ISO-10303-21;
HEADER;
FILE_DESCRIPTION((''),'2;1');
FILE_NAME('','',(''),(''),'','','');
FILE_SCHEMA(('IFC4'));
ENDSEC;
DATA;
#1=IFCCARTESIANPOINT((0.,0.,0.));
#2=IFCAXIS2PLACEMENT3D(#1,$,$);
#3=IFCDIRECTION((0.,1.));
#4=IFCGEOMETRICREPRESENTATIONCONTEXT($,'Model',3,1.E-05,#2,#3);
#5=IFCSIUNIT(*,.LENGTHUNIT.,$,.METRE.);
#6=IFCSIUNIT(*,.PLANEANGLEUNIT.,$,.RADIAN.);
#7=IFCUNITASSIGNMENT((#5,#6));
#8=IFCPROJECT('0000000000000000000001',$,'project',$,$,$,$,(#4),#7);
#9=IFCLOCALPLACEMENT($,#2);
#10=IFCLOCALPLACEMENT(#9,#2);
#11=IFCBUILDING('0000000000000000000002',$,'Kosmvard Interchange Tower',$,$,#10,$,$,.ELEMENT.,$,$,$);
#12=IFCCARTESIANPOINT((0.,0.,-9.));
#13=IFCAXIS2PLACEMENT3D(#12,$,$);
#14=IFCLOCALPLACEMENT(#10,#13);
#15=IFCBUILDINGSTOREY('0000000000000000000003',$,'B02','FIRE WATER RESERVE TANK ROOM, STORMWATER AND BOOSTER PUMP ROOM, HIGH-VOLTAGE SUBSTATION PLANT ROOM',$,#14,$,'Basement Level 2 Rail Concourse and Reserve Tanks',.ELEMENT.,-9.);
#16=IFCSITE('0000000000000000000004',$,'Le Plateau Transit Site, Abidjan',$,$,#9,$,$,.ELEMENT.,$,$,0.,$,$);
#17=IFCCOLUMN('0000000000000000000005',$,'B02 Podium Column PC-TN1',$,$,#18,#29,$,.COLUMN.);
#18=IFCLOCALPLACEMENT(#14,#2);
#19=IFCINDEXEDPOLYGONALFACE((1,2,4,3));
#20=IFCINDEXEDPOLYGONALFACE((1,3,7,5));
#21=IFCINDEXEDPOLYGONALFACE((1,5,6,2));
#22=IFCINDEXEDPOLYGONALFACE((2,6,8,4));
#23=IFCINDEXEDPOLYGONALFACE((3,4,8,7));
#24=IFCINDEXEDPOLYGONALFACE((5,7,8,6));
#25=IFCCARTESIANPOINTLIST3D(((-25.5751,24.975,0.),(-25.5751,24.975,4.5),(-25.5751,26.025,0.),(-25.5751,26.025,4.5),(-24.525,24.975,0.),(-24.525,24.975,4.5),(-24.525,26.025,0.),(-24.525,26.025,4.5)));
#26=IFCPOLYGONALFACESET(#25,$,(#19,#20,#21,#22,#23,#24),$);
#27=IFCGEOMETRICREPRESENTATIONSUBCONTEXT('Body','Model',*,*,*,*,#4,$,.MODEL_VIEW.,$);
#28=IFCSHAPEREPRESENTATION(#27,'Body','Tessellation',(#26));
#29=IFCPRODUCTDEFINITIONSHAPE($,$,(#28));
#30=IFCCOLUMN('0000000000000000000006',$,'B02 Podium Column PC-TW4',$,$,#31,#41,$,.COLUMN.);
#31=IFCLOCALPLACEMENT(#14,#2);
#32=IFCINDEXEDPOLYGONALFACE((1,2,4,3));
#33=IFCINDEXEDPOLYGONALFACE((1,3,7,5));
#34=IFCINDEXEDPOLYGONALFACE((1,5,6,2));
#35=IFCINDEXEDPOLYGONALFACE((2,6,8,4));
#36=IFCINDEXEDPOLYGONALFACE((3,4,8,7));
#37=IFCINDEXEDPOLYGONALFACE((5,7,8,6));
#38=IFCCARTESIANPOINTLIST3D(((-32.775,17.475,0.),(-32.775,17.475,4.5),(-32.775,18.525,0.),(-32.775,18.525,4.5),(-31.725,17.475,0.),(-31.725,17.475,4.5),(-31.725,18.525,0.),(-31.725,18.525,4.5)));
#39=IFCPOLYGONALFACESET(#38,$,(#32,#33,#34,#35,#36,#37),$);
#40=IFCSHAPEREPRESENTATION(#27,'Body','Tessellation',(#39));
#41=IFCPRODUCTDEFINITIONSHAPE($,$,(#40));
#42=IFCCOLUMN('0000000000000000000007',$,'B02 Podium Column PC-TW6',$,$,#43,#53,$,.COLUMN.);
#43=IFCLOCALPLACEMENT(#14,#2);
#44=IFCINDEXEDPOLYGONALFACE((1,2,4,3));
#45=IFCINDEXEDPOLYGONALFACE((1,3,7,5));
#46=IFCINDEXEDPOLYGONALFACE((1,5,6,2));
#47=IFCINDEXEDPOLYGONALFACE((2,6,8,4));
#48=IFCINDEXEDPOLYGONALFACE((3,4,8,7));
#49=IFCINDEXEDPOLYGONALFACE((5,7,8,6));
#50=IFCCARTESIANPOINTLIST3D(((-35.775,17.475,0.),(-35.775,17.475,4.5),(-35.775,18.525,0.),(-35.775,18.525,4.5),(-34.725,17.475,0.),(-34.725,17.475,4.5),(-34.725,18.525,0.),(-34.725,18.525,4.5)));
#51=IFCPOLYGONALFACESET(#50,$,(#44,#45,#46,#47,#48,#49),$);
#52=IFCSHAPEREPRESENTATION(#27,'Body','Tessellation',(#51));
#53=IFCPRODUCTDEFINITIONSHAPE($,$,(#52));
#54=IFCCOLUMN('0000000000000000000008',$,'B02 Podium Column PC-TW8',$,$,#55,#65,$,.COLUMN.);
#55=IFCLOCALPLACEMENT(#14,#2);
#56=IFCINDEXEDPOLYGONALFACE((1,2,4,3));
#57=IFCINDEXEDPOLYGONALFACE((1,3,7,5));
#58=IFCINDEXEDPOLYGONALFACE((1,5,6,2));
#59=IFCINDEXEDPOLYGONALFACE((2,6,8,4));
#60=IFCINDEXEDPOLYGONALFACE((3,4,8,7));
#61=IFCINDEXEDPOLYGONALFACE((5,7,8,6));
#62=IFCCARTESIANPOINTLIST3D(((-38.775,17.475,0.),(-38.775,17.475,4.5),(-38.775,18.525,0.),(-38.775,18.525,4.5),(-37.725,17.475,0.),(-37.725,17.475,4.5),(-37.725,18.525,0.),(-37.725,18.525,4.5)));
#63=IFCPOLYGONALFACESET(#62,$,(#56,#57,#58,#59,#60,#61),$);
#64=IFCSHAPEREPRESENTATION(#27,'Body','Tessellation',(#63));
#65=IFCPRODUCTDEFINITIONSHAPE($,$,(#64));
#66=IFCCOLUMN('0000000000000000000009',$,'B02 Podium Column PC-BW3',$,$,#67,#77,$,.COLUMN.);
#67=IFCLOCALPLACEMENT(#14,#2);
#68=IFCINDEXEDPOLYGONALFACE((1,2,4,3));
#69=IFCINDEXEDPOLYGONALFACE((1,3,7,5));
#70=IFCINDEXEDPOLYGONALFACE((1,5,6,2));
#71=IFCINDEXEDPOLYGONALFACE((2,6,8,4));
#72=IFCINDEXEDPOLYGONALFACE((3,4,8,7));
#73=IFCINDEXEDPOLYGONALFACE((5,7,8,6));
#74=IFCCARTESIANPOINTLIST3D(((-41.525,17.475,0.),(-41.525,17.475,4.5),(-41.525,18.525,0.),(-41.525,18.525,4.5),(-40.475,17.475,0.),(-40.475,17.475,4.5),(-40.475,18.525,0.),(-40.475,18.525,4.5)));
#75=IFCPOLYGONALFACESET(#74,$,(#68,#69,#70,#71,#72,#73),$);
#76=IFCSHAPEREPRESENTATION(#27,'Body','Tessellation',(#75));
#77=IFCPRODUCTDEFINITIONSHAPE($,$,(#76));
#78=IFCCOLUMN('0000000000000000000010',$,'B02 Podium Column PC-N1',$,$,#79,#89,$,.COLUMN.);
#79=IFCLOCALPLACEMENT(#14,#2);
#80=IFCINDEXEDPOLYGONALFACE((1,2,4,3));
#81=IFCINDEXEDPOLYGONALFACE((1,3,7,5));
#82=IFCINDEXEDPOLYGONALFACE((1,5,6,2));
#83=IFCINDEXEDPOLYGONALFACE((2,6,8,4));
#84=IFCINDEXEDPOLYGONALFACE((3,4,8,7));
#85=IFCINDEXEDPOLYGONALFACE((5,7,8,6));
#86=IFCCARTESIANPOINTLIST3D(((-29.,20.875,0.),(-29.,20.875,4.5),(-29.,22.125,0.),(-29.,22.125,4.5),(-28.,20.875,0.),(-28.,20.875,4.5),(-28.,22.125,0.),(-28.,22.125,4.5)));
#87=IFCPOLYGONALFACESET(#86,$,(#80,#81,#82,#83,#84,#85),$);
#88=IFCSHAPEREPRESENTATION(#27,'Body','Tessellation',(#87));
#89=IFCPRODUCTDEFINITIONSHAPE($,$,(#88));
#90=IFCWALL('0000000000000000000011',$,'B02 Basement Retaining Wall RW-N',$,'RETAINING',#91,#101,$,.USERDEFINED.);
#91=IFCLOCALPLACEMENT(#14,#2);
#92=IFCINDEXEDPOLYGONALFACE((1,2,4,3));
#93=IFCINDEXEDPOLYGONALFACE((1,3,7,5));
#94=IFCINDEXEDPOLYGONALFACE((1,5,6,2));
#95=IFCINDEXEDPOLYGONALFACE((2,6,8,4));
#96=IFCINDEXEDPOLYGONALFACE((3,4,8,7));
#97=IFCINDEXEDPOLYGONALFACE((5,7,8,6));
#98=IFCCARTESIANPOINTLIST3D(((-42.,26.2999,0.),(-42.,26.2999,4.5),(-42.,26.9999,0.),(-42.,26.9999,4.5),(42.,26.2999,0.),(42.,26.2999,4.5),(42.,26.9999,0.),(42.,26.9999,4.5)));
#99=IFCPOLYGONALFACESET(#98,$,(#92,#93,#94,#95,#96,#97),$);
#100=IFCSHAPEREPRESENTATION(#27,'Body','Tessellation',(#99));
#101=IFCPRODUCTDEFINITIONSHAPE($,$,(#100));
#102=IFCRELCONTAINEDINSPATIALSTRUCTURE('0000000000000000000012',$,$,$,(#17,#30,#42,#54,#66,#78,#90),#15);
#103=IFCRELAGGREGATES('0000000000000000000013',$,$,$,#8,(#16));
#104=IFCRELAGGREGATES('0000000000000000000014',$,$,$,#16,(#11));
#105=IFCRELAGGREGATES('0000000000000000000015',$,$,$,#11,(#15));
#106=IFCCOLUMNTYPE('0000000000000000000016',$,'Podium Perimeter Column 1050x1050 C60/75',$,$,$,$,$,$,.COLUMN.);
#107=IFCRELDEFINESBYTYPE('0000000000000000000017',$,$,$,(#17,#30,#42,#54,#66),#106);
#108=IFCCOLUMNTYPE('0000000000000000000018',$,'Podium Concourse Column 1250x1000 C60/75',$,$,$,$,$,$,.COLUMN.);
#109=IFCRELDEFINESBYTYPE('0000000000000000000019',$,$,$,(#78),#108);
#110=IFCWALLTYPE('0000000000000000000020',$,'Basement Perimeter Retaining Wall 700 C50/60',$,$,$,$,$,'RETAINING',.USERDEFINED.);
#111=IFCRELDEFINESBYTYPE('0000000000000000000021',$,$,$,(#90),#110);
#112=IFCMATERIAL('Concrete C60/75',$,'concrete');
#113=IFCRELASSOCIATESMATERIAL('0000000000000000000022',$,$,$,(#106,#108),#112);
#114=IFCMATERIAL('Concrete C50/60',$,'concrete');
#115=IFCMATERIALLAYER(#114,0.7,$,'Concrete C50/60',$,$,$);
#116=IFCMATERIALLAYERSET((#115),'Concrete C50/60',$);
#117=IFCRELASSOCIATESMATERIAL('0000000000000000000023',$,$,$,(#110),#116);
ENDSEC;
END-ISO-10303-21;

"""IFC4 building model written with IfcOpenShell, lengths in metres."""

from ifc_helpers import new_model, si_unit, direction, frame, frame_2d, origin, origin_2d, place, context, subcontext, project, spatial, rectangle, extrude, source, transform, mapped, material, layer, layer_set, material_profile, profile_set, type_object, element, save


model = new_model("IFC4")

# Units and contexts
model_context = context("Model", 3, precision=1e-05, world=origin(), true_north=direction((0.0, 1.0)))
body_context = subcontext(model_context, "Body", "Model", "MODEL_VIEW")
ifc_project = project(units=[si_unit("LENGTHUNIT", "METRE"), si_unit("PLANEANGLEUNIT", "RADIAN")], contexts=[model_context])

# Site, building, storey
site_placement = place(None, origin())
site = spatial("IfcSite", under=ifc_project, at=site_placement, Name="Le Plateau Transit Site, Abidjan", CompositionType="ELEMENT", RefElevation=0.0)
building_placement = place(site_placement, origin())
building = spatial("IfcBuilding", under=site, at=building_placement, Name="Kosmvard Interchange Tower", CompositionType="ELEMENT")
storey_placement = place(building_placement, frame((0.0, 0.0, -9.0)))
storey = spatial("IfcBuildingStorey", under=building, at=storey_placement, Name="B02", Description="FIRE WATER RESERVE TANK ROOM, STORMWATER AND BOOSTER PUMP ROOM, HIGH-VOLTAGE SUBSTATION PLANT ROOM", LongName="Basement Level 2 Rail Concourse and Reserve Tanks", CompositionType="ELEMENT", Elevation=-9.0)

# Shared definitions
ifc_material_1 = material(Name="Concrete C50/60", Category="concrete")

# Columns
ifc_material_2 = material(Name="Concrete C60/75", Category="concrete")
ifc_material_profile_1 = material_profile(ifc_material_2, rectangle(XDim=1.05, YDim=1.05, at=origin_2d()), Name="PC 1050x1050")
ifc_profile_set_1 = profile_set([ifc_material_profile_1], Name="Concrete C60/75")
column_type_1 = type_object("IfcColumnType", Name="Podium Perimeter Column 1050x1050 C60/75", PredefinedType="COLUMN", material=ifc_profile_set_1)
shared_shape_1 = source(origin(), body_context, "Body", "SweptSolid", [
    extrude(rectangle(XDim=1.05, YDim=1.05, at=origin_2d()), origin(), (0.0, 0.0, 1.0), 4.5),
])
for number, where, z_axis, x_axis, name in (
    (1, (-25.05, 25.5, 0.0), (0.0, 0.0, 1.0), (1.0, 0.0, 0.0), "B02 Podium Column PC-TN1"),
    (2, (-32.25, 18.0, 0.0), (0.0, 0.0, 1.0), (1.0, 0.0, 0.0), "B02 Podium Column PC-TW4"),
    (3, (-35.25, 18.0, 0.0), (0.0, 0.0, 1.0), (1.0, 0.0, 0.0), "B02 Podium Column PC-TW6"),
    (4, (-38.25, 18.0, 0.0), (0.0, 0.0, 1.0), (1.0, 0.0, 0.0), "B02 Podium Column PC-TW8"),
    (5, (-41.0, 18.0, 0.0), (0.0, 0.0, 1.0), (1.0, 0.0, 0.0), "B02 Podium Column PC-BW3"),
):
    element("IfcColumn", number, at=place(storey_placement, frame(where, z_axis=z_axis, x_axis=x_axis)), inside=storey, type_object=column_type_1, Name=name, PredefinedType="COLUMN", context=body_context, shape_type="MappedRepresentation", body=[
        mapped(shared_shape_1, transform((0.0, 0.0, 0.0), scale=1.0)),
    ])
ifc_material_profile_2 = material_profile(ifc_material_2, rectangle(XDim=1.0, YDim=1.25, at=origin_2d()), Name="PC 1250x1000")
ifc_profile_set_2 = profile_set([ifc_material_profile_2], Name="Concrete C60/75")
column_type_2 = type_object("IfcColumnType", Name="Podium Concourse Column 1250x1000 C60/75", PredefinedType="COLUMN", material=ifc_profile_set_2)
shared_shape_2 = source(origin(), body_context, "Body", "SweptSolid", [
    extrude(rectangle(XDim=1.0, YDim=1.25, at=origin_2d()), origin(), (0.0, 0.0, 1.0), 4.5),
])
column_placement = place(storey_placement, frame((-28.5, 21.5, 0.0), z_axis=(0.0, 0.0, 1.0), x_axis=(1.0, 0.0, 0.0)))
element("IfcColumn", 6, at=column_placement, inside=storey, type_object=column_type_2, Name="B02 Podium Column PC-N1", PredefinedType="COLUMN", context=body_context, shape_type="MappedRepresentation", body=[
    mapped(shared_shape_2, transform((0.0, 0.0, 0.0), scale=1.0)),
])

# Wall
ifc_layer = layer(ifc_material_1, 0.7, Name="Concrete C50/60")
ifc_layer_set = layer_set([ifc_layer], Name="Concrete C50/60")
wall_type = type_object("IfcWallType", Name="Basement Perimeter Retaining Wall 700 C50/60", ElementType="RETAINING", PredefinedType="USERDEFINED", material=ifc_layer_set)
wall_placement = place(storey_placement, frame((-42.0, 26.6499, 0.0), z_axis=(0.0, 0.0, 1.0), x_axis=(1.0, 0.0, 0.0)))
element("IfcWall", 7, at=wall_placement, inside=storey, type_object=wall_type, Name="B02 Basement Retaining Wall RW-N", ObjectType="RETAINING", PredefinedType="USERDEFINED", context=body_context, shape_type="SweptSolid", body=[
    extrude(rectangle(XDim=84.0, YDim=0.7, at=frame_2d((42.0, 0.0))), origin(), (0.0, 0.0, 1.0), 4.5),
])

save(model, "model.ifc")
